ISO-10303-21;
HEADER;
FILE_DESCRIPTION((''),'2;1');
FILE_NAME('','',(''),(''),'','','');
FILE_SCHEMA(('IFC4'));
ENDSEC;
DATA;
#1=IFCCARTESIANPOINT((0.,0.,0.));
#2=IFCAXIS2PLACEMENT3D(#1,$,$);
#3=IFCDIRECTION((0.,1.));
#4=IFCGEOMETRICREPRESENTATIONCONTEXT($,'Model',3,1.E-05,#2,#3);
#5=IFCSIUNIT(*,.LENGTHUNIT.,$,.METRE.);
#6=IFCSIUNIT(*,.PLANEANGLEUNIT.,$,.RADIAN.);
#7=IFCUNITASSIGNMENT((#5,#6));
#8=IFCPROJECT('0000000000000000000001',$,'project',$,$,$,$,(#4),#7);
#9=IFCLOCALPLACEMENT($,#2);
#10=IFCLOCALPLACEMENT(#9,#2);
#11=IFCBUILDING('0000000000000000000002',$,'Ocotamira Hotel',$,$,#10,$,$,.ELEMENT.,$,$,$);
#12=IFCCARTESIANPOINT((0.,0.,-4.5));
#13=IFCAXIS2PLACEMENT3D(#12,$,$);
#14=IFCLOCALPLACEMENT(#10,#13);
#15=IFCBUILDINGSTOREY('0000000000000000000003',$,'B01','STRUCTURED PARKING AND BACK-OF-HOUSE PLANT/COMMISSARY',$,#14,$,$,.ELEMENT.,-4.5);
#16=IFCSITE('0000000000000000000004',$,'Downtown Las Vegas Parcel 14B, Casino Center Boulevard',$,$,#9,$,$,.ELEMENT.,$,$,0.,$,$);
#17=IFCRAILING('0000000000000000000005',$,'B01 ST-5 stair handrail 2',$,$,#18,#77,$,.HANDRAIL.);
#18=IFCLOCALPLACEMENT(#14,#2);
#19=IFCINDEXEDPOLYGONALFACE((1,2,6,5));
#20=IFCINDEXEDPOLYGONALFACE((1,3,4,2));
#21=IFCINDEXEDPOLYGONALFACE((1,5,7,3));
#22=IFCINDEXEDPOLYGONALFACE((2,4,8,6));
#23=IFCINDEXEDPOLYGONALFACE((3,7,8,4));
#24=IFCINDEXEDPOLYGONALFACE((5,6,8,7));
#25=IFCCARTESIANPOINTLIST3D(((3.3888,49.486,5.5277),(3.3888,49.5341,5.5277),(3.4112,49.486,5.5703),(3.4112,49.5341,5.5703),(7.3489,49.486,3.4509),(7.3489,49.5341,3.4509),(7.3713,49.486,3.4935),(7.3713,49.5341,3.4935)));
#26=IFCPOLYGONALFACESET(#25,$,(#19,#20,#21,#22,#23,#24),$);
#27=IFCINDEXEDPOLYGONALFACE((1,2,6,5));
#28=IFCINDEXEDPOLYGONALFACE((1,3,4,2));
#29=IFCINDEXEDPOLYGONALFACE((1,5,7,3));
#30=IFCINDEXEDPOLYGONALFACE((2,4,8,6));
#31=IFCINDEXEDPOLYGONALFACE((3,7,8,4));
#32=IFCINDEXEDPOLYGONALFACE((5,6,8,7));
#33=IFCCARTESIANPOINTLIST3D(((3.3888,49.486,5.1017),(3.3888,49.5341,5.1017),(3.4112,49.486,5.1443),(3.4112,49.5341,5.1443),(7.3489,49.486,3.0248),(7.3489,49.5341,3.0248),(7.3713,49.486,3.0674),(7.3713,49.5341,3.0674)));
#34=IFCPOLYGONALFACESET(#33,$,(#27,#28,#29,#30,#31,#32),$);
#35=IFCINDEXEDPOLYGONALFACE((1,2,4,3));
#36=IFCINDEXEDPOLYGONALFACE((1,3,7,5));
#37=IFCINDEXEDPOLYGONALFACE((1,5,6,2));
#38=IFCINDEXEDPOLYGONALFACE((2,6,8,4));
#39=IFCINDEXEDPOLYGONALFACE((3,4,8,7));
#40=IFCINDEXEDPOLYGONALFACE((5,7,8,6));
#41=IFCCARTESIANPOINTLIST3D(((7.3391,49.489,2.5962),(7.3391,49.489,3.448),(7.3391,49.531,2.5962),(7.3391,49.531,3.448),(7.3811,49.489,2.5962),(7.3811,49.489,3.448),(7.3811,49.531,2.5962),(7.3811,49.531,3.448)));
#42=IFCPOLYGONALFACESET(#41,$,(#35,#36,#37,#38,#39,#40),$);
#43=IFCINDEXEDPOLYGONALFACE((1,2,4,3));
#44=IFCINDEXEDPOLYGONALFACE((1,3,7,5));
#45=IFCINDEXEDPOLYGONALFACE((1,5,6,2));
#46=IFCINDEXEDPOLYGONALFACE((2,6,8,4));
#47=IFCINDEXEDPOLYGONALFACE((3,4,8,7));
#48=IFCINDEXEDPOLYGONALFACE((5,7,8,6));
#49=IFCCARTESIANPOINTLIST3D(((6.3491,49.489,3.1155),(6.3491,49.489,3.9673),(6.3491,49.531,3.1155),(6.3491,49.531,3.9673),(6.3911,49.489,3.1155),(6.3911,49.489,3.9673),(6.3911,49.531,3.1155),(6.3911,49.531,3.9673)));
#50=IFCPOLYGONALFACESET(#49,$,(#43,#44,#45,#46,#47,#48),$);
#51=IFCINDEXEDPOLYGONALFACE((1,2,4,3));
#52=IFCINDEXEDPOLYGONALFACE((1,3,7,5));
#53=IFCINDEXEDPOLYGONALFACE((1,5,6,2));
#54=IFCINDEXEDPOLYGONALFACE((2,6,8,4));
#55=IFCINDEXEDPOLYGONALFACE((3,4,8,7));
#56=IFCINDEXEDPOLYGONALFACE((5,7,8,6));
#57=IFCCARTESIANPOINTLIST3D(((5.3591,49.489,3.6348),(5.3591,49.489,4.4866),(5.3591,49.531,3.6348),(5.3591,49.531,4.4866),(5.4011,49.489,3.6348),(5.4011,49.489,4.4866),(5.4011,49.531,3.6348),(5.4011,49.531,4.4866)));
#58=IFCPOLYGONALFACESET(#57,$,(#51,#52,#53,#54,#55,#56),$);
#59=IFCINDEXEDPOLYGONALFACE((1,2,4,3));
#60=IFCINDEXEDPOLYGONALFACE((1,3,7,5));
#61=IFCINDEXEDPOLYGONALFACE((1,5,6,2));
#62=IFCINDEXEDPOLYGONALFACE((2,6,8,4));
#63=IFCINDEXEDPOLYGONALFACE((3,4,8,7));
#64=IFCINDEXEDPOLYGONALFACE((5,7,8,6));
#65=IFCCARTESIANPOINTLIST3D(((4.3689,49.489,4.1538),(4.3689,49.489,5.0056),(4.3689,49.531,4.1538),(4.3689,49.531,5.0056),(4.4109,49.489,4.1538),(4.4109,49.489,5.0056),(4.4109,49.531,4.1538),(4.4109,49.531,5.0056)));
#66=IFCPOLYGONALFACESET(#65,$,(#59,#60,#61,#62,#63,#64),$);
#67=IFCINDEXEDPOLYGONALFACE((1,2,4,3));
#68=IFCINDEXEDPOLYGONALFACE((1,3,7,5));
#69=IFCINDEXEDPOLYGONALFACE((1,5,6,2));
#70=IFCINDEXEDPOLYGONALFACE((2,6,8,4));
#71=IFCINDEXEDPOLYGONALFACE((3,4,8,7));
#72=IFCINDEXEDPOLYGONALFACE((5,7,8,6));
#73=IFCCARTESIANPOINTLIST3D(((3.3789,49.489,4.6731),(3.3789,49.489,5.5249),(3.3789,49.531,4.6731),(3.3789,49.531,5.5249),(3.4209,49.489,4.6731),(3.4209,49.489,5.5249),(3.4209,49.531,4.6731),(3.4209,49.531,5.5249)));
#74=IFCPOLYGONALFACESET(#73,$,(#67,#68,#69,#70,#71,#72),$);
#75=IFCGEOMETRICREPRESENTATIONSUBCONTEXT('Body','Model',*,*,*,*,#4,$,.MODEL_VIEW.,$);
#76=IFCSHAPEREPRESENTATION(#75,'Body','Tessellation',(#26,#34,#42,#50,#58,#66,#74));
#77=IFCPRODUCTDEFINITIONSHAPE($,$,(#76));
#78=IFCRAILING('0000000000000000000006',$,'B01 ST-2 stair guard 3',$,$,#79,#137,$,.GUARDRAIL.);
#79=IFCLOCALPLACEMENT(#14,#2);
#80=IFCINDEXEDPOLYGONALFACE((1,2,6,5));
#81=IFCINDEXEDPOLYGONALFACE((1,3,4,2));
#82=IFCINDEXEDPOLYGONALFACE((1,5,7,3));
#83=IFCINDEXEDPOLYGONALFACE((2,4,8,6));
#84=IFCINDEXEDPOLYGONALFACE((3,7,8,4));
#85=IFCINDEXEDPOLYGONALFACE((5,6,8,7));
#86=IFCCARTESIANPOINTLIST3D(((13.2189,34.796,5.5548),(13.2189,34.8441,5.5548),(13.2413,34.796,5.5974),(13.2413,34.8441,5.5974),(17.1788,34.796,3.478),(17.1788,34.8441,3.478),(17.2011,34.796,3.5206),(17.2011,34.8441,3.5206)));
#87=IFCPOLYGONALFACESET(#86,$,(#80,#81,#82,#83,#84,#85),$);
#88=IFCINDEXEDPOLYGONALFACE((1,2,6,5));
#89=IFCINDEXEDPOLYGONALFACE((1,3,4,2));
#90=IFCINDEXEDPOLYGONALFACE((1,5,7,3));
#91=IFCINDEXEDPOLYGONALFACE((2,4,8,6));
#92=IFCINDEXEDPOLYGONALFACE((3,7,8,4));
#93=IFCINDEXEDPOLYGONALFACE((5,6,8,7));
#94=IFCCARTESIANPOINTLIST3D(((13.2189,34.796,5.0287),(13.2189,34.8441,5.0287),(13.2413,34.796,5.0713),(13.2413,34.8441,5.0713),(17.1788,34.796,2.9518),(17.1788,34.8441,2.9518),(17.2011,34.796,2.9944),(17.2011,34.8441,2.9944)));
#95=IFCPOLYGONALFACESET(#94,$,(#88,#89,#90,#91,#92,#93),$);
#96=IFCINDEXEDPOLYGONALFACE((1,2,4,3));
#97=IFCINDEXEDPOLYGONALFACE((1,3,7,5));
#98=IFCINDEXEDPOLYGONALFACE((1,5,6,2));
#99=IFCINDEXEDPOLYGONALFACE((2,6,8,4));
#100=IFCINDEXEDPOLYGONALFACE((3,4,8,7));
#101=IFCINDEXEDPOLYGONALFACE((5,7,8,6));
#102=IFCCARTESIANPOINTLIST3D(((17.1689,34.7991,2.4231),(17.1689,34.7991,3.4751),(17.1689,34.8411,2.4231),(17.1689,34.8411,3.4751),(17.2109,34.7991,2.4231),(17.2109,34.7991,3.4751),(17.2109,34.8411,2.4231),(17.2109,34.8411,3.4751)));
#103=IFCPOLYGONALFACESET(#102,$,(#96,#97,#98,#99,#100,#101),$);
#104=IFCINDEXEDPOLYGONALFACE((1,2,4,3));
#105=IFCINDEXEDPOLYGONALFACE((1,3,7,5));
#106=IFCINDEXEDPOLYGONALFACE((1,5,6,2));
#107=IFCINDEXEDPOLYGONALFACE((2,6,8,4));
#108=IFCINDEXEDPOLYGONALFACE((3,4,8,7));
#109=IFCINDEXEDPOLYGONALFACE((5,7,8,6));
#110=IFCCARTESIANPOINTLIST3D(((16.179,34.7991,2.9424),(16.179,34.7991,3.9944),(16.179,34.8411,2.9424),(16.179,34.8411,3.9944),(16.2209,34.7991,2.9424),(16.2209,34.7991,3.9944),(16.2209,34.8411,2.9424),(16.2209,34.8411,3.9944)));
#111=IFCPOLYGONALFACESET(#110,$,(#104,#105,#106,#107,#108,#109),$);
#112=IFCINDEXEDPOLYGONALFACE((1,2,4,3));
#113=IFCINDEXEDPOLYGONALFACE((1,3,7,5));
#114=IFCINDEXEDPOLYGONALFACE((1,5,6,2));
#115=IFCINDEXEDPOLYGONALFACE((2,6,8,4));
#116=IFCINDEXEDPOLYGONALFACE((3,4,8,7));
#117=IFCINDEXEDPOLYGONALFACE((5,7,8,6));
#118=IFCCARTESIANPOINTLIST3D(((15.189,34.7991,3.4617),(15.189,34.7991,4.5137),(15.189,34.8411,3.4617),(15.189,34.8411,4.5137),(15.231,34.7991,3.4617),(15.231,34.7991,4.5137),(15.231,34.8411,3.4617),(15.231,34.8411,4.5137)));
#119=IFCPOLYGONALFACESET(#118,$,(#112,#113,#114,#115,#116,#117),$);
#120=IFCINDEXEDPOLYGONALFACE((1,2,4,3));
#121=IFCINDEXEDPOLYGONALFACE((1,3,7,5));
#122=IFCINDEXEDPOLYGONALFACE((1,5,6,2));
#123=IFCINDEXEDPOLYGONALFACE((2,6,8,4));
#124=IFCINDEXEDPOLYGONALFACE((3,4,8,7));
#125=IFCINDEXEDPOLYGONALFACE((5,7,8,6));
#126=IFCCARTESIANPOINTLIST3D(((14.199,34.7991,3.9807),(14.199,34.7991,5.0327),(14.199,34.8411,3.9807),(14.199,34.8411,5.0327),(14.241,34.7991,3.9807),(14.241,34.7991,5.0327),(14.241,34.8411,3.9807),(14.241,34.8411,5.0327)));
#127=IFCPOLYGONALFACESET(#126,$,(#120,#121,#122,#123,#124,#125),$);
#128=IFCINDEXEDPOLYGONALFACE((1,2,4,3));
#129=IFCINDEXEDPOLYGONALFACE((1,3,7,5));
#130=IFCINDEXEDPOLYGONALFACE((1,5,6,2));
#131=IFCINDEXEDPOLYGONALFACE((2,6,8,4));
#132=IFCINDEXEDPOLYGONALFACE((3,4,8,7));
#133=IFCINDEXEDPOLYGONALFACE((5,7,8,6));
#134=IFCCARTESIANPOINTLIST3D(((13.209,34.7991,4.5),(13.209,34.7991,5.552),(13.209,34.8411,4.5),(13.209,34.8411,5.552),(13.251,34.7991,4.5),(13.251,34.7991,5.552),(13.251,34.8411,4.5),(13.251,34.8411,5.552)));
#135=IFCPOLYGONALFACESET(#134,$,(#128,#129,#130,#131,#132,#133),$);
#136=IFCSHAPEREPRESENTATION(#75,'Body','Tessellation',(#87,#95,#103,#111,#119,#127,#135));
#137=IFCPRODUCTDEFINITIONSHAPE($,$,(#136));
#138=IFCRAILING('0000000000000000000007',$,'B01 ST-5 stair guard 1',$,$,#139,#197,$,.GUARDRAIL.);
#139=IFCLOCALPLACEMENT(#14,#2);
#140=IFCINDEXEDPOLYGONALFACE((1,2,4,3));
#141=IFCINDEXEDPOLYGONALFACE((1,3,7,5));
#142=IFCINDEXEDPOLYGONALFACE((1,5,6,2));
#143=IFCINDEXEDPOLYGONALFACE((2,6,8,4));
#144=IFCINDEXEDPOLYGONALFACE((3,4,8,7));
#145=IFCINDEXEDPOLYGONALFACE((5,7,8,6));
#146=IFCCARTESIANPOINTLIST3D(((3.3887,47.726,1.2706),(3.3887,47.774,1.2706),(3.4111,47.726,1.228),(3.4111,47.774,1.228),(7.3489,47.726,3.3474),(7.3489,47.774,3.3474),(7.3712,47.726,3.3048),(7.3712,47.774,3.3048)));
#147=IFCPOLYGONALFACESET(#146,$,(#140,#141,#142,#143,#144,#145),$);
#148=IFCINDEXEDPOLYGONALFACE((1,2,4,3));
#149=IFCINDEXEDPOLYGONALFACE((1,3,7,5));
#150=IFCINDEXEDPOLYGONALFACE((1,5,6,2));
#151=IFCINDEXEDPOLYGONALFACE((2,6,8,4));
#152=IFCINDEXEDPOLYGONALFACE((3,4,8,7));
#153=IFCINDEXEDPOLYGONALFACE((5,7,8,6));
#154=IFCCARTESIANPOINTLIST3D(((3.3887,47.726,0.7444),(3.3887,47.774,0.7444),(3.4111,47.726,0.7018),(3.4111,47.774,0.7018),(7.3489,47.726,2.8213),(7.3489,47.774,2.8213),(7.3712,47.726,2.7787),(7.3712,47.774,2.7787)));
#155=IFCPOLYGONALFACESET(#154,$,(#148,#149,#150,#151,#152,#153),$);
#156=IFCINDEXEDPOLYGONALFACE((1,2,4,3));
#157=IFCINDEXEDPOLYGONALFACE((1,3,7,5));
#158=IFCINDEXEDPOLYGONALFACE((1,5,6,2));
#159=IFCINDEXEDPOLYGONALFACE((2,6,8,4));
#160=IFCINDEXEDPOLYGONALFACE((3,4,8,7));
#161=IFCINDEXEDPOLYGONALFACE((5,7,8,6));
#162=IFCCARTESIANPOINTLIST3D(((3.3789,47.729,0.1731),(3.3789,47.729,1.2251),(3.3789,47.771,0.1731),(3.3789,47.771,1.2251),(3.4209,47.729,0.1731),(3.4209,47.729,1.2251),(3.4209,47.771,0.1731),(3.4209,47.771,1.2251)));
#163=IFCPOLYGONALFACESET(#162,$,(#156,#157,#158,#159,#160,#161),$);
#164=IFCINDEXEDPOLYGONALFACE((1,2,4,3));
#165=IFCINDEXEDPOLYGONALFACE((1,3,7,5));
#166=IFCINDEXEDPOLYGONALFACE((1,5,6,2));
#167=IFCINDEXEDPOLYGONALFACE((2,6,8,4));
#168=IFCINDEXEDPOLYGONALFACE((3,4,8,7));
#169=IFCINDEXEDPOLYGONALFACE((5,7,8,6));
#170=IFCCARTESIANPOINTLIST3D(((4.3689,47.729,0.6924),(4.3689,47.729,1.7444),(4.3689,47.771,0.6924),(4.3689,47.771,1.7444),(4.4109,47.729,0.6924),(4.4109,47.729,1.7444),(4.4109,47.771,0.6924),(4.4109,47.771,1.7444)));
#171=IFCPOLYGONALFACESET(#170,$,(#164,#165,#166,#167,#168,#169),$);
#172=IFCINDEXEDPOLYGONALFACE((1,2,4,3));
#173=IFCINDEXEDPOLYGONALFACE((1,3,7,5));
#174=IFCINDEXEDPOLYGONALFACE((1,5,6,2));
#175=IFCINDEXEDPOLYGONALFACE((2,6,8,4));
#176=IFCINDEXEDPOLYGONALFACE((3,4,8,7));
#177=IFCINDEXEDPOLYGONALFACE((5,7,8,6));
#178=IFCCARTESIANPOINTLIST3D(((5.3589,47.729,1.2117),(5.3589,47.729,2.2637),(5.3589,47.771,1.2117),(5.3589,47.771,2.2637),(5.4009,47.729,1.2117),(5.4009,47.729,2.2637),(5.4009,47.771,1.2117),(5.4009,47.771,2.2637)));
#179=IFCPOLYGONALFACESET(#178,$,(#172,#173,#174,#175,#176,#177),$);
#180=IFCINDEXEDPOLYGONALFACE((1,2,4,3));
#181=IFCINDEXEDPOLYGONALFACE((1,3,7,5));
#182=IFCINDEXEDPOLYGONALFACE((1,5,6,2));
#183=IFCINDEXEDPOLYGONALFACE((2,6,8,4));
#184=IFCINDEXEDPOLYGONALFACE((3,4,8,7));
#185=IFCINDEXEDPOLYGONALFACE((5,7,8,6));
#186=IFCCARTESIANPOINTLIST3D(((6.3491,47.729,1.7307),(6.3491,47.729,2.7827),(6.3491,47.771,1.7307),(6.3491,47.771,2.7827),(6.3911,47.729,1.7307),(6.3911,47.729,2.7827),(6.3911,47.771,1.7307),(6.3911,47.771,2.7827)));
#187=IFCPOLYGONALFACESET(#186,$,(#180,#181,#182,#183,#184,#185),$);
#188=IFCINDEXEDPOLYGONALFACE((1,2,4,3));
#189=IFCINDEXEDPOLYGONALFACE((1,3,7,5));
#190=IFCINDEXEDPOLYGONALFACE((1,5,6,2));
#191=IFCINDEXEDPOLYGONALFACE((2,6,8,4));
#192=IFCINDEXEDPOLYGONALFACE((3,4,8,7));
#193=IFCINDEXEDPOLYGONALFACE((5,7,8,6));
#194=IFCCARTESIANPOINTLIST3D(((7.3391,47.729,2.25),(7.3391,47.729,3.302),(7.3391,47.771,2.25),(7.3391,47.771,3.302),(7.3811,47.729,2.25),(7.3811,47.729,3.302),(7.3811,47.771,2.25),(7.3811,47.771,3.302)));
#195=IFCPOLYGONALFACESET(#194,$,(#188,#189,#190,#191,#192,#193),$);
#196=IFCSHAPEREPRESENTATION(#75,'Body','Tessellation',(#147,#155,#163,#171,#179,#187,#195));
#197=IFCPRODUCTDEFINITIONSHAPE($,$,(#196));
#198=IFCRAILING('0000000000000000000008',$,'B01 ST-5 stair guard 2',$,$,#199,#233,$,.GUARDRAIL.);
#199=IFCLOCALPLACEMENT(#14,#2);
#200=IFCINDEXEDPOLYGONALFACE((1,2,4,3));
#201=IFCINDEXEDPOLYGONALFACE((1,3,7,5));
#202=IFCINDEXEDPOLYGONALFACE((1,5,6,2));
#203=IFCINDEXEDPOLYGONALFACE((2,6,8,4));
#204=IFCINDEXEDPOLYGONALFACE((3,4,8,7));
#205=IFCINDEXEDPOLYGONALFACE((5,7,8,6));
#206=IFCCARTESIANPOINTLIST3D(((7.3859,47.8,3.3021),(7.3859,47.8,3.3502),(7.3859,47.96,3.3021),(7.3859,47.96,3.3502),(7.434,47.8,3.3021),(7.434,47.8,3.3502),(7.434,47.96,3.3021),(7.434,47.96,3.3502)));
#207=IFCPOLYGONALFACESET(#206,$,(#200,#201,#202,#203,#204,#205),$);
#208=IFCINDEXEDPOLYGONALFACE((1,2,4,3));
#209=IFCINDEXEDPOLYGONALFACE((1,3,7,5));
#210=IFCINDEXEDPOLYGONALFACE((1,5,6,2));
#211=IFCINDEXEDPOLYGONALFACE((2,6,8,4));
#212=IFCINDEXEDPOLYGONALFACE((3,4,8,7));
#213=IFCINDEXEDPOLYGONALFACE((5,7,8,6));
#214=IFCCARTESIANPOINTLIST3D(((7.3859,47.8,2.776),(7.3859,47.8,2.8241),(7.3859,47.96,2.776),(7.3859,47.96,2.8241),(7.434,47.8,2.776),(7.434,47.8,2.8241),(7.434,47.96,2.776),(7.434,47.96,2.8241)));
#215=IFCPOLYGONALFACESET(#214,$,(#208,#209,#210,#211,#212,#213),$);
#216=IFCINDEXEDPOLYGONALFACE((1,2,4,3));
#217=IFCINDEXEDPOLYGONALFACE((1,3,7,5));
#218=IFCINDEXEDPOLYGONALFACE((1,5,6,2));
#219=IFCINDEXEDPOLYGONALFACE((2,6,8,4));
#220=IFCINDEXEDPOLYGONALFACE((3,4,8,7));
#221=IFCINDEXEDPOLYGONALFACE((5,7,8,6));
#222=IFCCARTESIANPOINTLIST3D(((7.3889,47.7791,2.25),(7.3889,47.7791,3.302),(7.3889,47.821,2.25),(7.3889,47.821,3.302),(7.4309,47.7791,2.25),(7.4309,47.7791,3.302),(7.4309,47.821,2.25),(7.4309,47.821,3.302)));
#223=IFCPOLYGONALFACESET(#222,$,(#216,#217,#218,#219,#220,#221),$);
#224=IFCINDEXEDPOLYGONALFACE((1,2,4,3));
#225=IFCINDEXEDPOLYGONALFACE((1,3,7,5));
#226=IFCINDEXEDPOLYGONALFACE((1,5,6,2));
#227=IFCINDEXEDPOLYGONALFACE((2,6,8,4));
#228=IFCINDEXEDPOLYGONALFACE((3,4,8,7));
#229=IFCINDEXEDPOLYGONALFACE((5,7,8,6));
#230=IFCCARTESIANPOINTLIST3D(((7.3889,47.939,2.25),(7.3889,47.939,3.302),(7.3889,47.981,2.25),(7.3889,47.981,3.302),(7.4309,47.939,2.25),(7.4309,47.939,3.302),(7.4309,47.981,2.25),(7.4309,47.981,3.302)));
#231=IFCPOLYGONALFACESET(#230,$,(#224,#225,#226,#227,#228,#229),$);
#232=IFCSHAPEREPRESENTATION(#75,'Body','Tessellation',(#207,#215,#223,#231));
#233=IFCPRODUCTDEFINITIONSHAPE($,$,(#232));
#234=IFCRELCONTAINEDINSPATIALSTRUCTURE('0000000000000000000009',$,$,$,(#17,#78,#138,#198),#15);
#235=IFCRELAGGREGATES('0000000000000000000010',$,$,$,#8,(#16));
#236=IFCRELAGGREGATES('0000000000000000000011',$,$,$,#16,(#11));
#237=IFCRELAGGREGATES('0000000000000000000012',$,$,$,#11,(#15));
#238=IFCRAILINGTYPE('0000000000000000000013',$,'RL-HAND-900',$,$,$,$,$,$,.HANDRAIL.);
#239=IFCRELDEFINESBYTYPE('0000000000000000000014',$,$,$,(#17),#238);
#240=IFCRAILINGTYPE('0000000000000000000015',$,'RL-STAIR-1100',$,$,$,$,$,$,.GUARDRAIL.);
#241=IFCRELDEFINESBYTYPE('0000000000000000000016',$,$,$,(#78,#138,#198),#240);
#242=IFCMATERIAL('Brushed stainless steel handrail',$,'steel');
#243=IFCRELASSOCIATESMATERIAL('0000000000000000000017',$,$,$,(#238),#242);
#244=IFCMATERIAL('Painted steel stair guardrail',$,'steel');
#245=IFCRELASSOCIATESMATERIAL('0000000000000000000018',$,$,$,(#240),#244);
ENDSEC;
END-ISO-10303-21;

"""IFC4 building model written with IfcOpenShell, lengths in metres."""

from ifc_helpers import new_model, si_unit, direction, frame, origin, origin_2d, place, context, subcontext, project, spatial, rectangle, extrude, material, type_object, element, save


model = new_model("IFC4")

# Units and contexts
model_context = context("Model", 3, precision=1e-05, world=origin(), true_north=direction((0.0, 1.0)))
body_context = subcontext(model_context, "Body", "Model", "MODEL_VIEW")
ifc_project = project(units=[si_unit("LENGTHUNIT", "METRE"), si_unit("PLANEANGLEUNIT", "RADIAN")], contexts=[model_context])

# Site, building, storey
site_placement = place(None, origin())
site = spatial("IfcSite", under=ifc_project, at=site_placement, Name="Downtown Las Vegas Parcel 14B, Casino Center Boulevard", CompositionType="ELEMENT", RefElevation=0.0)
building_placement = place(site_placement, origin())
building = spatial("IfcBuilding", under=site, at=building_placement, Name="Ocotamira Hotel", CompositionType="ELEMENT")
storey_placement = place(building_placement, frame((0.0, 0.0, -4.5)))
storey = spatial("IfcBuildingStorey", under=building, at=storey_placement, Name="B01", Description="STRUCTURED PARKING AND BACK-OF-HOUSE PLANT/COMMISSARY", CompositionType="ELEMENT", Elevation=-4.5)

# Railings
ifc_material_1 = material(Name="Brushed stainless steel handrail", Category="steel")
railing_type_1 = type_object("IfcRailingType", Name="RL-HAND-900", PredefinedType="HANDRAIL", material=ifc_material_1)
railing_1_placement = place(storey_placement, frame((7.3601, 49.51, 2.5962)))
element("IfcRailing", 1, at=railing_1_placement, inside=storey, type_object=railing_type_1, Name="B01 ST-5 stair handrail 2", PredefinedType="HANDRAIL", context=body_context, shape_type="SweptSolid", body=[
    extrude(rectangle(XDim=0.0481, YDim=0.0481, at=origin_2d()), frame((0.0, 0.0, 0.876), z_axis=(-0.885601, 0.0, 0.464448), x_axis=(0.0, -1.0, 0.0)), (0.0, 0.0, 1.0), 4.4717),
    extrude(rectangle(XDim=0.0481, YDim=0.0481, at=origin_2d()), frame((0.0, 0.0, 0.45), z_axis=(-0.885601, 0.0, 0.464448), x_axis=(0.0, -1.0, 0.0)), (0.0, 0.0, 1.0), 4.4717),
    extrude(rectangle(XDim=0.042, YDim=0.042, at=origin_2d()), origin(), (0.0, 0.0, 1.0), 0.8518),
    extrude(rectangle(XDim=0.042, YDim=0.042, at=origin_2d()), frame((-0.99, 0.0, 0.5193)), (0.0, 0.0, 1.0), 0.8518),
    extrude(rectangle(XDim=0.042, YDim=0.042, at=origin_2d()), frame((-1.98, 0.0, 1.0386)), (0.0, 0.0, 1.0), 0.8518),
    extrude(rectangle(XDim=0.042, YDim=0.042, at=origin_2d()), frame((-2.9702, 0.0, 1.5576)), (0.0, 0.0, 1.0), 0.8518),
    extrude(rectangle(XDim=0.042, YDim=0.042, at=origin_2d()), frame((-3.9602, 0.0, 2.0769)), (0.0, 0.0, 1.0), 0.8518),
])
ifc_material_2 = material(Name="Painted steel stair guardrail", Category="steel")
railing_type_2 = type_object("IfcRailingType", Name="RL-STAIR-1100", PredefinedType="GUARDRAIL", material=ifc_material_2)
railing_2_placement = place(storey_placement, frame((17.1899, 34.8201, 2.4231)))
element("IfcRailing", 2, at=railing_2_placement, inside=storey, type_object=railing_type_2, Name="B01 ST-2 stair guard 3", PredefinedType="GUARDRAIL", context=body_context, shape_type="SweptSolid", body=[
    extrude(rectangle(XDim=0.0481, YDim=0.0481, at=origin_2d()), frame((0.0, 0.0, 1.0762), z_axis=(-0.885589, 0.0, 0.46447), x_axis=(0.0, -1.0, 0.0)), (0.0, 0.0, 1.0), 4.4714),
    extrude(rectangle(XDim=0.0481, YDim=0.0481, at=origin_2d()), frame((0.0, 0.0, 0.55), z_axis=(-0.885589, 0.0, 0.46447), x_axis=(0.0, -1.0, 0.0)), (0.0, 0.0, 1.0), 4.4714),
    extrude(rectangle(XDim=0.042, YDim=0.042, at=origin_2d()), origin(), (0.0, 0.0, 1.0), 1.052),
    extrude(rectangle(XDim=0.042, YDim=0.042, at=origin_2d()), frame((-0.99, 0.0, 0.5193)), (0.0, 0.0, 1.0), 1.052),
    extrude(rectangle(XDim=0.042, YDim=0.042, at=origin_2d()), frame((-1.98, 0.0, 1.0386)), (0.0, 0.0, 1.0), 1.052),
    extrude(rectangle(XDim=0.042, YDim=0.042, at=origin_2d()), frame((-2.97, 0.0, 1.5576)), (0.0, 0.0, 1.0), 1.052),
    extrude(rectangle(XDim=0.042, YDim=0.042, at=origin_2d()), frame((-3.96, 0.0, 2.0769)), (0.0, 0.0, 1.0), 1.052),
])
railing_3_placement = place(storey_placement, frame((3.3999, 47.75, 0.1731)))
element("IfcRailing", 3, at=railing_3_placement, inside=storey, type_object=railing_type_2, Name="B01 ST-5 stair guard 1", PredefinedType="GUARDRAIL", context=body_context, shape_type="SweptSolid", body=[
    extrude(rectangle(XDim=0.0481, YDim=0.0481, at=origin_2d()), frame((0.0, 0.0, 1.0762), z_axis=(0.885601, 0.0, 0.464448), x_axis=(0.0, 1.0, 0.0)), (0.0, 0.0, 1.0), 4.4717),
    extrude(rectangle(XDim=0.0481, YDim=0.0481, at=origin_2d()), frame((0.0, 0.0, 0.55), z_axis=(0.885601, 0.0, 0.464448), x_axis=(0.0, 1.0, 0.0)), (0.0, 0.0, 1.0), 4.4717),
    extrude(rectangle(XDim=0.042, YDim=0.042, at=origin_2d()), origin(), (0.0, 0.0, 1.0), 1.052),
    extrude(rectangle(XDim=0.042, YDim=0.042, at=origin_2d()), frame((0.99, 0.0, 0.5193)), (0.0, 0.0, 1.0), 1.052),
    extrude(rectangle(XDim=0.042, YDim=0.042, at=origin_2d()), frame((1.98, 0.0, 1.0386)), (0.0, 0.0, 1.0), 1.052),
    extrude(rectangle(XDim=0.042, YDim=0.042, at=origin_2d()), frame((2.9702, 0.0, 1.5576)), (0.0, 0.0, 1.0), 1.052),
    extrude(rectangle(XDim=0.042, YDim=0.042, at=origin_2d()), frame((3.9602, 0.0, 2.0769)), (0.0, 0.0, 1.0), 1.052),
])
railing_4_placement = place(storey_placement, frame((7.4099, 47.8, 2.25)))
element("IfcRailing", 4, at=railing_4_placement, inside=storey, type_object=railing_type_2, Name="B01 ST-5 stair guard 2", PredefinedType="GUARDRAIL", context=body_context, shape_type="SweptSolid", body=[
    extrude(rectangle(XDim=0.0481, YDim=0.0481, at=origin_2d()), frame((0.0, 0.0, 1.0762), z_axis=(0.0, 1.0, 0.0), x_axis=(-1.0, 0.0, 0.0)), (0.0, 0.0, 1.0), 0.1599),
    extrude(rectangle(XDim=0.0481, YDim=0.0481, at=origin_2d()), frame((0.0, 0.0, 0.55), z_axis=(0.0, 1.0, 0.0), x_axis=(-1.0, 0.0, 0.0)), (0.0, 0.0, 1.0), 0.1599),
    extrude(rectangle(XDim=0.042, YDim=0.042, at=origin_2d()), origin(), (0.0, 0.0, 1.0), 1.052),
    extrude(rectangle(XDim=0.042, YDim=0.042, at=origin_2d()), frame((0.0, 0.1599, 0.0)), (0.0, 0.0, 1.0), 1.052),
])

save(model, "model.ifc")
